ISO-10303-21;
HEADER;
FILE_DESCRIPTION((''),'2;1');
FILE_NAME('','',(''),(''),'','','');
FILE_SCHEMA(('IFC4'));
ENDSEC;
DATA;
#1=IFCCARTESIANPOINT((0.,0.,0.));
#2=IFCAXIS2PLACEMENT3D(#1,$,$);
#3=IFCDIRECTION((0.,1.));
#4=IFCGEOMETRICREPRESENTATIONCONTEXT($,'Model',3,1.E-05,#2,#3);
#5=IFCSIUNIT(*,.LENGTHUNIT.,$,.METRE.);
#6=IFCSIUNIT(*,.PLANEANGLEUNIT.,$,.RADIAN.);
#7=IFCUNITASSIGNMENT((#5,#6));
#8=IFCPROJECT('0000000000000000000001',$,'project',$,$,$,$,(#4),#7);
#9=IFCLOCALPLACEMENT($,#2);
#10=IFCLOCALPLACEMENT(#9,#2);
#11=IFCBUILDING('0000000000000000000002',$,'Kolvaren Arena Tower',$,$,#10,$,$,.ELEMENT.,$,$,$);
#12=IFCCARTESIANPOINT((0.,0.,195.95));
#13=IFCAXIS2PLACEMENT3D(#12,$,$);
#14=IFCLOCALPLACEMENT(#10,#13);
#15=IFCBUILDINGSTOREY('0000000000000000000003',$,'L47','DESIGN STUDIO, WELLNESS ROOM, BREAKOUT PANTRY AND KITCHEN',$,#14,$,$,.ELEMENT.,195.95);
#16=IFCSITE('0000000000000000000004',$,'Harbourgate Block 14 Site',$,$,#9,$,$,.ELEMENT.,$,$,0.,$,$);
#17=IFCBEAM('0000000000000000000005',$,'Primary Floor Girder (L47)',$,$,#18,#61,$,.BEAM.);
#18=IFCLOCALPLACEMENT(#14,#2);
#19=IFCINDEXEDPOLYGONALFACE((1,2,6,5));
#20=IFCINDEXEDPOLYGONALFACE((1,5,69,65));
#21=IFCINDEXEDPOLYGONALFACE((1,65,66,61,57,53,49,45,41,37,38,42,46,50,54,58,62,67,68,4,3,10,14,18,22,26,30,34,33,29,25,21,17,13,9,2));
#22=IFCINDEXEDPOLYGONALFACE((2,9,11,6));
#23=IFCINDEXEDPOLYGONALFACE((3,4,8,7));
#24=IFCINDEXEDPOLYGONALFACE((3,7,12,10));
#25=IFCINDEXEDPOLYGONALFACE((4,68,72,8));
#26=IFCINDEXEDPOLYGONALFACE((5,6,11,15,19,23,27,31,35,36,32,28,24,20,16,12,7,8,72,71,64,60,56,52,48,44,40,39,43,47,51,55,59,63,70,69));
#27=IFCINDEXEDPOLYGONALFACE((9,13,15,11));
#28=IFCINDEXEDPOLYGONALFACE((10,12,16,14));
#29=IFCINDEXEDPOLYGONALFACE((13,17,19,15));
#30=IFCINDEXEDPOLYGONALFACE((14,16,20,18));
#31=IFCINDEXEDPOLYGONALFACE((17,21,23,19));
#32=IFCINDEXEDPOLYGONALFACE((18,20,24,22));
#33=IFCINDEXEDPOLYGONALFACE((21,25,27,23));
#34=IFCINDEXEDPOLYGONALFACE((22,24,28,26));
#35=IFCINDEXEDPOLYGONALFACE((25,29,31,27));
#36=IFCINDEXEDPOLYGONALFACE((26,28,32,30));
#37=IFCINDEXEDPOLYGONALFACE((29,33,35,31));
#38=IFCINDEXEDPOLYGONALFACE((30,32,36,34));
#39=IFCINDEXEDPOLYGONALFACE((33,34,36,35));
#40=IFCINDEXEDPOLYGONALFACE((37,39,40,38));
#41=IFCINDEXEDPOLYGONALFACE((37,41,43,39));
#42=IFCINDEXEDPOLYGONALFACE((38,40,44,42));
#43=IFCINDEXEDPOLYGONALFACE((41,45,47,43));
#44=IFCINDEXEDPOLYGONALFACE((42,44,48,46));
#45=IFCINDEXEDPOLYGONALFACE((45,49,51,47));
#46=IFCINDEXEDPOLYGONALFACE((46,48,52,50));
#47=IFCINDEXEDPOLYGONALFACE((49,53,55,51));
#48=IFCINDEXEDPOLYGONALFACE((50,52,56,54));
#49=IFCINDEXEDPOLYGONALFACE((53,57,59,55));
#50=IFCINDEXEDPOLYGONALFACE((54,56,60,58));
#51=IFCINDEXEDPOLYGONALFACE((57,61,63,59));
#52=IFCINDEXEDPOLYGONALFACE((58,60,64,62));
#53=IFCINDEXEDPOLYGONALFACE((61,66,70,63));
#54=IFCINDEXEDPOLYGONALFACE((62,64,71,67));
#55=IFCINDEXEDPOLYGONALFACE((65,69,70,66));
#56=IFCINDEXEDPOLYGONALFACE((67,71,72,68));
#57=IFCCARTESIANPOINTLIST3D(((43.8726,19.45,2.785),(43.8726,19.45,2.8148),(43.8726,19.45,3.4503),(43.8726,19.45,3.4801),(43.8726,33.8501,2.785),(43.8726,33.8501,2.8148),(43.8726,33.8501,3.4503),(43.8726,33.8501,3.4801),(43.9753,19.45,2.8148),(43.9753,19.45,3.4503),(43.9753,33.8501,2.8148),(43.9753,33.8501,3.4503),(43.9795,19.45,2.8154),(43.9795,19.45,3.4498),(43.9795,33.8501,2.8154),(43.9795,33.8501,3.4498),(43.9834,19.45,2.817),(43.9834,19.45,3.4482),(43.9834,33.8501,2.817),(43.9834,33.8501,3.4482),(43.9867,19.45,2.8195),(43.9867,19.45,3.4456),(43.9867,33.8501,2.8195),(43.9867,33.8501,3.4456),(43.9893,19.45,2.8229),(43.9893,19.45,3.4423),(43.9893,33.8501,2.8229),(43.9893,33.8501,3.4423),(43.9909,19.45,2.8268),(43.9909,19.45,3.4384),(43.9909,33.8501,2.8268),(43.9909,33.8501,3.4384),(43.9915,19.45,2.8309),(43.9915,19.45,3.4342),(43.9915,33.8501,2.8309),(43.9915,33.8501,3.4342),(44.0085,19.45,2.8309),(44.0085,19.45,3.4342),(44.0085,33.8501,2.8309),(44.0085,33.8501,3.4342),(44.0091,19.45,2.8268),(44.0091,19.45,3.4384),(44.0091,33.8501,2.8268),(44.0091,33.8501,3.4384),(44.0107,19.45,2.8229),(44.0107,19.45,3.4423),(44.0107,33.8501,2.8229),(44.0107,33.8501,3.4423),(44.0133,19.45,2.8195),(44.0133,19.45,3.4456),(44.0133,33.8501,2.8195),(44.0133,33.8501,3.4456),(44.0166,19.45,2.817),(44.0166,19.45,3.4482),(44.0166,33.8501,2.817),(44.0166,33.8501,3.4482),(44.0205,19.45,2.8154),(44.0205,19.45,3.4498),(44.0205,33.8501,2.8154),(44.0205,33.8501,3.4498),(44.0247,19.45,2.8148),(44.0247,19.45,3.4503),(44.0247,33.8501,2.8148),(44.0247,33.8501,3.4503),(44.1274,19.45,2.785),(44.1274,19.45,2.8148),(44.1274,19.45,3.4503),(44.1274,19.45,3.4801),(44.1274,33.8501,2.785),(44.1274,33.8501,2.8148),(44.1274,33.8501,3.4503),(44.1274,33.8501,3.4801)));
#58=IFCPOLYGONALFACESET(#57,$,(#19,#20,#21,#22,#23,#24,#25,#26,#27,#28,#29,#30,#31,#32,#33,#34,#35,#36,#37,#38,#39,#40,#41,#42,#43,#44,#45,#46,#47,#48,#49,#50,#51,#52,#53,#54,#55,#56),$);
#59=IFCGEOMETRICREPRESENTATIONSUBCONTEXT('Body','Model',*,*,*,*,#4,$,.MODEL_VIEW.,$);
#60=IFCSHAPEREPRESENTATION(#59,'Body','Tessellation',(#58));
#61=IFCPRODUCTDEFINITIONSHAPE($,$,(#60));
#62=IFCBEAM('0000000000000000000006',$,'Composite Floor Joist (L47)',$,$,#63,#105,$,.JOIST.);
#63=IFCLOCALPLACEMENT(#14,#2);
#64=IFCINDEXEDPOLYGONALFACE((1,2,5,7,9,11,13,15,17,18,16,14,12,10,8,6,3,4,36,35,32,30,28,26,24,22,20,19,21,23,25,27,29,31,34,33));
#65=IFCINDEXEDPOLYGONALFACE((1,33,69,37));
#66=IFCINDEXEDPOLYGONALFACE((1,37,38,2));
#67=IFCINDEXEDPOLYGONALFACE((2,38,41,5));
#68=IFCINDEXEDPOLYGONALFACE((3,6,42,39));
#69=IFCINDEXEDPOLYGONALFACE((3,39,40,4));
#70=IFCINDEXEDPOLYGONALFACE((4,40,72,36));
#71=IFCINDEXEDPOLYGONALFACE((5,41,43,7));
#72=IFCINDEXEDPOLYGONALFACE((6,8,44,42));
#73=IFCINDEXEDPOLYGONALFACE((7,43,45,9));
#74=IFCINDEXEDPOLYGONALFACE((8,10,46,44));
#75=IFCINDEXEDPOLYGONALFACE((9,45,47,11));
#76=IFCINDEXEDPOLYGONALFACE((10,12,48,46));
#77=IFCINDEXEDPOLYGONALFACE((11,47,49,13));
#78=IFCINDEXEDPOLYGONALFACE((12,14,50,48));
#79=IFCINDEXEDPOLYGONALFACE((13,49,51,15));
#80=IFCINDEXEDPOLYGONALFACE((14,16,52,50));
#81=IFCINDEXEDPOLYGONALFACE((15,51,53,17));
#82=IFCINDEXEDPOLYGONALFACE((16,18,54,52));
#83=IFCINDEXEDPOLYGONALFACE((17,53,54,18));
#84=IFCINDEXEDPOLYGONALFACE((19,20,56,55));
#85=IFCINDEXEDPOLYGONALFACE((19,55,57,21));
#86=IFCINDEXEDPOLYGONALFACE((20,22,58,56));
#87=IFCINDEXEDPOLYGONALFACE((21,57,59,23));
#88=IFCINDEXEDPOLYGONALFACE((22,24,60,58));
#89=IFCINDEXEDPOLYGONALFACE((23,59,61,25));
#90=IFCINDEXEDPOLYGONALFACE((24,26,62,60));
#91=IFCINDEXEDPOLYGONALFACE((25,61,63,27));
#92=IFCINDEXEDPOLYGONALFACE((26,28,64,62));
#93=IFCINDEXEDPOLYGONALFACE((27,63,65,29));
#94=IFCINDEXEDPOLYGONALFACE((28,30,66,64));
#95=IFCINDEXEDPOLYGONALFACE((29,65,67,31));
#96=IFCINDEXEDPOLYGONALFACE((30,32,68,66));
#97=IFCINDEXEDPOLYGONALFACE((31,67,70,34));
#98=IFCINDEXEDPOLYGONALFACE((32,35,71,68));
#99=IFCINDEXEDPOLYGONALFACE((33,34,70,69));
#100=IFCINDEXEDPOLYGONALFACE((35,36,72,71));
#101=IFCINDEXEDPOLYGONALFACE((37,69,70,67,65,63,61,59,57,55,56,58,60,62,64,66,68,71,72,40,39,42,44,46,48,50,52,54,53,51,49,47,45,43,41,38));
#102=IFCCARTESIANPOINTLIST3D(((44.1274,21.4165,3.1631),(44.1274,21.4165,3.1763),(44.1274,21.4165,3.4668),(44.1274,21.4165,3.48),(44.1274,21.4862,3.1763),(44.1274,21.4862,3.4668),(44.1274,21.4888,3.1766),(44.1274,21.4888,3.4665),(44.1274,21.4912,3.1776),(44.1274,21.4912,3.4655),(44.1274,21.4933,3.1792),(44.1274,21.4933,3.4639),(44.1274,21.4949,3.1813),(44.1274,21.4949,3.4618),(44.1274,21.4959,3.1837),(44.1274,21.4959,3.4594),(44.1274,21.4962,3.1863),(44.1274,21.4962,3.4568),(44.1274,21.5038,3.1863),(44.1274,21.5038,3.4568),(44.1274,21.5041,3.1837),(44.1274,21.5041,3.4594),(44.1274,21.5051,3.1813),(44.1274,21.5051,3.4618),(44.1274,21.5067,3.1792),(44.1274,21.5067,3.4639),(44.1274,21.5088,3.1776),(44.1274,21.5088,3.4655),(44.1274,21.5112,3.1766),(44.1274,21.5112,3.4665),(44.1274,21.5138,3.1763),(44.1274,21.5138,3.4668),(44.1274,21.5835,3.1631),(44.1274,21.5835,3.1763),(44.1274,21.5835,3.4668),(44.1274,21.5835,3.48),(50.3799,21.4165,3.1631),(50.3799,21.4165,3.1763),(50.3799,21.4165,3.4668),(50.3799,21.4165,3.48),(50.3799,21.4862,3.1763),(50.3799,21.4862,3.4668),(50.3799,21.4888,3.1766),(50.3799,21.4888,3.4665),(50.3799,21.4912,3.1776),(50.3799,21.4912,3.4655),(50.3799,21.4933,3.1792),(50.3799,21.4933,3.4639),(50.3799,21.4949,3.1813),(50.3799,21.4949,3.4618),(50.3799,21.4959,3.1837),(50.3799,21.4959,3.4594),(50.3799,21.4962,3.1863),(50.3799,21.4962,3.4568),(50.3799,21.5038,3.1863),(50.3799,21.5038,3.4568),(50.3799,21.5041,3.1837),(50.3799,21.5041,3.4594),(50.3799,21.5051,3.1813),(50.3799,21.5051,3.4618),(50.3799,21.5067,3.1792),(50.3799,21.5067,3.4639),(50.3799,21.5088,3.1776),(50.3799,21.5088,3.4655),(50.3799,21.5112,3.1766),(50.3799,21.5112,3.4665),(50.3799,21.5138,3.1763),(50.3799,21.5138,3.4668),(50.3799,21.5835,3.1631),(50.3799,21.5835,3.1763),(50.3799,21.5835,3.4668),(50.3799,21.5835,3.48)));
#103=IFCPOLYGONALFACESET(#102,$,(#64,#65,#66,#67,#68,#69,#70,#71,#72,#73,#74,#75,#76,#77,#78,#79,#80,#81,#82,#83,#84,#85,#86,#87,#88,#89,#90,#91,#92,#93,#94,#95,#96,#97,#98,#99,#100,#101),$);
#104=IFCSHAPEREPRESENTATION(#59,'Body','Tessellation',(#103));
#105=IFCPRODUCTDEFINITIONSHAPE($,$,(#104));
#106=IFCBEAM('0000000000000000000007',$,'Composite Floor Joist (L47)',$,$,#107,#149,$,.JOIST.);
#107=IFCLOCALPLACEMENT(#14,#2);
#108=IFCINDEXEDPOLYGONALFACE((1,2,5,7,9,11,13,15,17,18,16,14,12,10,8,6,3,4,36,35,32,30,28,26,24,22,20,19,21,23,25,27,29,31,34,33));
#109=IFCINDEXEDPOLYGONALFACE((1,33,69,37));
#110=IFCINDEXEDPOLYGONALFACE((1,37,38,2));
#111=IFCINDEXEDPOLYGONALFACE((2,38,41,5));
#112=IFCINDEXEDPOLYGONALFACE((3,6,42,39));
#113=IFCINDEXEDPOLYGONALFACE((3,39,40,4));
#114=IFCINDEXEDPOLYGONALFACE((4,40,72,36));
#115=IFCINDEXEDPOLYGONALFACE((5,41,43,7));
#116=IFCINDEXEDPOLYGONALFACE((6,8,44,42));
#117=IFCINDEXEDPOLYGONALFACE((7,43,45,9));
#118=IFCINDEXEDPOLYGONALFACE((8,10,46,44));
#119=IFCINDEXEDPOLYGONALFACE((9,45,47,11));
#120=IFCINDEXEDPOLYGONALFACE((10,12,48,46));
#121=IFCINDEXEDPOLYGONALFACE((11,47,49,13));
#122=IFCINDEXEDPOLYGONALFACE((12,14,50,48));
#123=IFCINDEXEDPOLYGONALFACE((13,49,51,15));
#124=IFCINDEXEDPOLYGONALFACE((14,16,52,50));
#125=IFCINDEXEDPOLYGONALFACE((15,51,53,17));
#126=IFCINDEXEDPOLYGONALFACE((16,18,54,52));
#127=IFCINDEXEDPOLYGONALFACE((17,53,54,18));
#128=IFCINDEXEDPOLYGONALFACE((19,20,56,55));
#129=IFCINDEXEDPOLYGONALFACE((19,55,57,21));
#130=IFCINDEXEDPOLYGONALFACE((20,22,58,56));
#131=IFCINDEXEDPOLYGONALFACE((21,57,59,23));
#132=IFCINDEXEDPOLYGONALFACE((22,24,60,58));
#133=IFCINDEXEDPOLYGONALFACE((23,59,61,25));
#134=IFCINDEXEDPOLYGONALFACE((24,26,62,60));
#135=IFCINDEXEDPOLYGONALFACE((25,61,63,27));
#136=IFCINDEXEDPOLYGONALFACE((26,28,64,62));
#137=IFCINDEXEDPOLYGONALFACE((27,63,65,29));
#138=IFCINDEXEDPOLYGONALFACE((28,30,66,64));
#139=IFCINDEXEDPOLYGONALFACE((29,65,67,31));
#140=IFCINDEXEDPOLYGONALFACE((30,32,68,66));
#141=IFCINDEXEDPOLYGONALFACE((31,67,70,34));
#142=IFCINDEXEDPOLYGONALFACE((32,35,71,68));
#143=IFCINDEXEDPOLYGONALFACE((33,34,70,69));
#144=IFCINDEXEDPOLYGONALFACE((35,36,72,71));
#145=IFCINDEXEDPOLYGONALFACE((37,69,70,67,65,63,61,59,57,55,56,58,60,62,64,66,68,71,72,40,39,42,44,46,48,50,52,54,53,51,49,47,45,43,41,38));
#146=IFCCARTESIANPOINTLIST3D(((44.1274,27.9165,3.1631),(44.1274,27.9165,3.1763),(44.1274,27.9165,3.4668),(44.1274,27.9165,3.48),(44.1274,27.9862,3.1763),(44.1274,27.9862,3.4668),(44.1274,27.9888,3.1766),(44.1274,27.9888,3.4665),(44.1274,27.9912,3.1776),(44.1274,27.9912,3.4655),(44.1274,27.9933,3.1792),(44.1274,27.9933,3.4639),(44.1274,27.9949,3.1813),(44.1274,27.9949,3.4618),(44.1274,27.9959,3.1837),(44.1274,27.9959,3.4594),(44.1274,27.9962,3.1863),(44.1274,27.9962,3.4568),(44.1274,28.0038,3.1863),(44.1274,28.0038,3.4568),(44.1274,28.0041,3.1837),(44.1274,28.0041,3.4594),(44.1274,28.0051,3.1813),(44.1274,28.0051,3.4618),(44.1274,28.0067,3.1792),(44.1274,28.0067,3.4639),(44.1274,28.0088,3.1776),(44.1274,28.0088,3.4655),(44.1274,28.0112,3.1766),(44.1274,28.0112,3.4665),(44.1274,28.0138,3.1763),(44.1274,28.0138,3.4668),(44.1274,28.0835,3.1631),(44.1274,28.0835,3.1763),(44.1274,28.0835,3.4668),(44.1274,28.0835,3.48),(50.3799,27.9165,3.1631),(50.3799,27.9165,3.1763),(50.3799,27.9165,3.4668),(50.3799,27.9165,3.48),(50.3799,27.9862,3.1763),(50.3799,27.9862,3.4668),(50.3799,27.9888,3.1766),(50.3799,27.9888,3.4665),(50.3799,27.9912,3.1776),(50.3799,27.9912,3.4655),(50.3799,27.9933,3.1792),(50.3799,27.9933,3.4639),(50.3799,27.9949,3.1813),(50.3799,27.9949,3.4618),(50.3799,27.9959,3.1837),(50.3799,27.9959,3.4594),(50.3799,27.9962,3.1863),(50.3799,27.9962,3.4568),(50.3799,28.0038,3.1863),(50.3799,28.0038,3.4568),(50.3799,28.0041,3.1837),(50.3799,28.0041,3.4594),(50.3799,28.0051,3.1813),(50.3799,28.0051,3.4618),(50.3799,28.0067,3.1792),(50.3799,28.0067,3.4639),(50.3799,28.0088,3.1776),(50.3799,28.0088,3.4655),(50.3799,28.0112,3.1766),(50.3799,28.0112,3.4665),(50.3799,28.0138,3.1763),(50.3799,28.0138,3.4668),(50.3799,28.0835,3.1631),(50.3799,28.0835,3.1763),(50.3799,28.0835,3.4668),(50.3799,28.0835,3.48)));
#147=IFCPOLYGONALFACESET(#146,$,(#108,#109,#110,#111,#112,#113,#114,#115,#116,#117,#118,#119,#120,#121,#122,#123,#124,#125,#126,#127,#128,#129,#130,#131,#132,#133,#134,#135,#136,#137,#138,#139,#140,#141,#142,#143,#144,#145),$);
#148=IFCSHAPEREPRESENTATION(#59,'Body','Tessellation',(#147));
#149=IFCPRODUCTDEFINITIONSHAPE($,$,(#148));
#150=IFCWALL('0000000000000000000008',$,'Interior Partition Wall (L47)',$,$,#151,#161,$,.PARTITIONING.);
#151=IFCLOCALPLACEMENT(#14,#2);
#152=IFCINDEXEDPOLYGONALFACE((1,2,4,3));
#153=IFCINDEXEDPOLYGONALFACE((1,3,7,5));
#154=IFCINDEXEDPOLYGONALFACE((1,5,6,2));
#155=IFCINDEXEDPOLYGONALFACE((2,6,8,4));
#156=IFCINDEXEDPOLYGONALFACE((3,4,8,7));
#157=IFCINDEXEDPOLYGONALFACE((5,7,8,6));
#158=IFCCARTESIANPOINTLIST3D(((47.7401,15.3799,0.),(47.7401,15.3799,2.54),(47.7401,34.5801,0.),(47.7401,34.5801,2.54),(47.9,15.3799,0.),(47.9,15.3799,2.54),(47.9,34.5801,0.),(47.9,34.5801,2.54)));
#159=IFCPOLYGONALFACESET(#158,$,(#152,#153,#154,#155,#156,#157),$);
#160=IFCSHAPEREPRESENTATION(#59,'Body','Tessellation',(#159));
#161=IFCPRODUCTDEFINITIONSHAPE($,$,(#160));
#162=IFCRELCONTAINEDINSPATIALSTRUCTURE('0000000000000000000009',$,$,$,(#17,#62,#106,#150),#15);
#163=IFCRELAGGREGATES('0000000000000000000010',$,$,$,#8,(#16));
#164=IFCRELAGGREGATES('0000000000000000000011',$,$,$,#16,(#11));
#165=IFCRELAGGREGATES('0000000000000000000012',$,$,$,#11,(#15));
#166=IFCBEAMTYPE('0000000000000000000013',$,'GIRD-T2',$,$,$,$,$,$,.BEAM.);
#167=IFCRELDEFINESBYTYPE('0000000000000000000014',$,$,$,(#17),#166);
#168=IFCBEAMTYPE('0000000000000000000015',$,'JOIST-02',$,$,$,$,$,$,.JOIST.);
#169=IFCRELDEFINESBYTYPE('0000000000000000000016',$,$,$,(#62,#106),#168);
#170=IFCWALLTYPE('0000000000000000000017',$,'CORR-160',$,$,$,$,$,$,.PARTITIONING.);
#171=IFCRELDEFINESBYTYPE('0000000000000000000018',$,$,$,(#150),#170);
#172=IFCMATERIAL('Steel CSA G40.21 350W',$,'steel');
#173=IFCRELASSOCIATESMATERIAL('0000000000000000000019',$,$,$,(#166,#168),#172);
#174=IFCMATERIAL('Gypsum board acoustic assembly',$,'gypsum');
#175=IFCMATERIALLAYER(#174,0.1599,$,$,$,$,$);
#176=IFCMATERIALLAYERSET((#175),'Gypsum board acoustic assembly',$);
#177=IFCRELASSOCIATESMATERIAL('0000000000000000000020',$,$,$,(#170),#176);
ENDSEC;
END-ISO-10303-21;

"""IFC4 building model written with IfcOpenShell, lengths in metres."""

from ifc_helpers import new_model, si_unit, direction, frame, frame_2d, origin, origin_2d, place, context, subcontext, project, spatial, rectangle, i_section, extrude, material, layer, layer_set, material_profile, profile_set, type_object, element, save


model = new_model("IFC4")

# Units and contexts
model_context = context("Model", 3, precision=1e-05, world=origin(), true_north=direction((0.0, 1.0)))
body_context = subcontext(model_context, "Body", "Model", "MODEL_VIEW")
ifc_project = project(units=[si_unit("LENGTHUNIT", "METRE"), si_unit("PLANEANGLEUNIT", "RADIAN")], contexts=[model_context])

# Site, building, storey
site_placement = place(None, origin())
site = spatial("IfcSite", under=ifc_project, at=site_placement, Name="Harbourgate Block 14 Site", CompositionType="ELEMENT", RefElevation=0.0)
building_placement = place(site_placement, origin())
building = spatial("IfcBuilding", under=site, at=building_placement, Name="Kolvaren Arena Tower", CompositionType="ELEMENT")
storey_placement = place(building_placement, frame((0.0, 0.0, 195.95)))
storey = spatial("IfcBuildingStorey", under=building, at=storey_placement, Name="L47", Description="DESIGN STUDIO, WELLNESS ROOM, BREAKOUT PANTRY AND KITCHEN", CompositionType="ELEMENT", Elevation=195.95)

# Beams
ifc_material_1 = material(Name="Steel CSA G40.21 350W", Category="steel")
ifc_material_profile_1 = material_profile(ifc_material_1, i_section(OverallWidth=0.2549, OverallDepth=0.6951, WebThickness=0.0171, FlangeThickness=0.0298, FilletRadius=0.0161, at=origin_2d()), Name="W690x217")
ifc_profile_set_1 = profile_set([ifc_material_profile_1], Name="Steel CSA G40.21 350W")
beam_type_1 = type_object("IfcBeamType", Name="GIRD-T2", PredefinedType="BEAM", material=ifc_profile_set_1)
beam_1_placement = place(storey_placement, frame((44.0, 19.45, 3.1326), z_axis=(0.0, 1.0, 0.0), x_axis=(-1.0, 0.0, 0.0)))
element("IfcBeam", 1, at=beam_1_placement, inside=storey, type_object=beam_type_1, Name="Primary Floor Girder (L47)", PredefinedType="BEAM", context=body_context, shape_type="SweptSolid", body=[
    extrude(i_section(OverallWidth=0.2549, OverallDepth=0.6951, WebThickness=0.0171, FlangeThickness=0.0298, FilletRadius=0.0161, at=origin_2d()), origin(), (0.0, 0.0, 1.0), 14.4001),
])
ifc_material_profile_2 = material_profile(ifc_material_1, i_section(OverallWidth=0.167, OverallDepth=0.3169, WebThickness=0.0076, FlangeThickness=0.0132, FilletRadius=0.01, at=origin_2d()), Name="W310x52")
ifc_profile_set_2 = profile_set([ifc_material_profile_2], Name="Steel CSA G40.21 350W")
beam_type_2 = type_object("IfcBeamType", Name="JOIST-02", PredefinedType="JOIST", material=ifc_profile_set_2)
for number, where, z_axis, x_axis, name in (
    (2, (44.1274, 21.5, 3.3215), (1.0, 0.0, 0.0), (0.0, 1.0, 0.0), "Composite Floor Joist (L47)"),
    (3, (44.1274, 28.0, 3.3215), (1.0, 0.0, 0.0), (0.0, 1.0, 0.0), "Composite Floor Joist (L47)"),
):
    element("IfcBeam", number, at=place(storey_placement, frame(where, z_axis=z_axis, x_axis=x_axis)), inside=storey, type_object=beam_type_2, Name=name, PredefinedType="JOIST", context=body_context, shape_type="SweptSolid", body=[
        extrude(i_section(OverallWidth=0.167, OverallDepth=0.3169, WebThickness=0.0076, FlangeThickness=0.0132, FilletRadius=0.01, at=origin_2d()), origin(), (0.0, 0.0, 1.0), 6.2524),
    ])

# Wall
ifc_material_2 = material(Name="Gypsum board acoustic assembly", Category="gypsum")
ifc_layer_1 = layer(ifc_material_2, 0.1599)
ifc_layer_set_1 = layer_set([ifc_layer_1], Name="Gypsum board acoustic assembly")
wall_type_1 = type_object("IfcWallType", Name="CORR-160", PredefinedType="PARTITIONING", material=ifc_layer_set_1)
wall_1_placement = place(storey_placement, frame((47.8201, 15.3799, 0.0), z_axis=(0.0, 0.0, 1.0), x_axis=(0.0, 1.0, 0.0)))
element("IfcWall", 4, at=wall_1_placement, inside=storey, type_object=wall_type_1, Name="Interior Partition Wall (L47)", PredefinedType="PARTITIONING", context=body_context, shape_type="SweptSolid", body=[
    extrude(rectangle(XDim=19.2002, YDim=0.1599, at=frame_2d((9.6001, 0.0))), origin(), (0.0, 0.0, 1.0), 2.54),
])

save(model, "model.ifc")
